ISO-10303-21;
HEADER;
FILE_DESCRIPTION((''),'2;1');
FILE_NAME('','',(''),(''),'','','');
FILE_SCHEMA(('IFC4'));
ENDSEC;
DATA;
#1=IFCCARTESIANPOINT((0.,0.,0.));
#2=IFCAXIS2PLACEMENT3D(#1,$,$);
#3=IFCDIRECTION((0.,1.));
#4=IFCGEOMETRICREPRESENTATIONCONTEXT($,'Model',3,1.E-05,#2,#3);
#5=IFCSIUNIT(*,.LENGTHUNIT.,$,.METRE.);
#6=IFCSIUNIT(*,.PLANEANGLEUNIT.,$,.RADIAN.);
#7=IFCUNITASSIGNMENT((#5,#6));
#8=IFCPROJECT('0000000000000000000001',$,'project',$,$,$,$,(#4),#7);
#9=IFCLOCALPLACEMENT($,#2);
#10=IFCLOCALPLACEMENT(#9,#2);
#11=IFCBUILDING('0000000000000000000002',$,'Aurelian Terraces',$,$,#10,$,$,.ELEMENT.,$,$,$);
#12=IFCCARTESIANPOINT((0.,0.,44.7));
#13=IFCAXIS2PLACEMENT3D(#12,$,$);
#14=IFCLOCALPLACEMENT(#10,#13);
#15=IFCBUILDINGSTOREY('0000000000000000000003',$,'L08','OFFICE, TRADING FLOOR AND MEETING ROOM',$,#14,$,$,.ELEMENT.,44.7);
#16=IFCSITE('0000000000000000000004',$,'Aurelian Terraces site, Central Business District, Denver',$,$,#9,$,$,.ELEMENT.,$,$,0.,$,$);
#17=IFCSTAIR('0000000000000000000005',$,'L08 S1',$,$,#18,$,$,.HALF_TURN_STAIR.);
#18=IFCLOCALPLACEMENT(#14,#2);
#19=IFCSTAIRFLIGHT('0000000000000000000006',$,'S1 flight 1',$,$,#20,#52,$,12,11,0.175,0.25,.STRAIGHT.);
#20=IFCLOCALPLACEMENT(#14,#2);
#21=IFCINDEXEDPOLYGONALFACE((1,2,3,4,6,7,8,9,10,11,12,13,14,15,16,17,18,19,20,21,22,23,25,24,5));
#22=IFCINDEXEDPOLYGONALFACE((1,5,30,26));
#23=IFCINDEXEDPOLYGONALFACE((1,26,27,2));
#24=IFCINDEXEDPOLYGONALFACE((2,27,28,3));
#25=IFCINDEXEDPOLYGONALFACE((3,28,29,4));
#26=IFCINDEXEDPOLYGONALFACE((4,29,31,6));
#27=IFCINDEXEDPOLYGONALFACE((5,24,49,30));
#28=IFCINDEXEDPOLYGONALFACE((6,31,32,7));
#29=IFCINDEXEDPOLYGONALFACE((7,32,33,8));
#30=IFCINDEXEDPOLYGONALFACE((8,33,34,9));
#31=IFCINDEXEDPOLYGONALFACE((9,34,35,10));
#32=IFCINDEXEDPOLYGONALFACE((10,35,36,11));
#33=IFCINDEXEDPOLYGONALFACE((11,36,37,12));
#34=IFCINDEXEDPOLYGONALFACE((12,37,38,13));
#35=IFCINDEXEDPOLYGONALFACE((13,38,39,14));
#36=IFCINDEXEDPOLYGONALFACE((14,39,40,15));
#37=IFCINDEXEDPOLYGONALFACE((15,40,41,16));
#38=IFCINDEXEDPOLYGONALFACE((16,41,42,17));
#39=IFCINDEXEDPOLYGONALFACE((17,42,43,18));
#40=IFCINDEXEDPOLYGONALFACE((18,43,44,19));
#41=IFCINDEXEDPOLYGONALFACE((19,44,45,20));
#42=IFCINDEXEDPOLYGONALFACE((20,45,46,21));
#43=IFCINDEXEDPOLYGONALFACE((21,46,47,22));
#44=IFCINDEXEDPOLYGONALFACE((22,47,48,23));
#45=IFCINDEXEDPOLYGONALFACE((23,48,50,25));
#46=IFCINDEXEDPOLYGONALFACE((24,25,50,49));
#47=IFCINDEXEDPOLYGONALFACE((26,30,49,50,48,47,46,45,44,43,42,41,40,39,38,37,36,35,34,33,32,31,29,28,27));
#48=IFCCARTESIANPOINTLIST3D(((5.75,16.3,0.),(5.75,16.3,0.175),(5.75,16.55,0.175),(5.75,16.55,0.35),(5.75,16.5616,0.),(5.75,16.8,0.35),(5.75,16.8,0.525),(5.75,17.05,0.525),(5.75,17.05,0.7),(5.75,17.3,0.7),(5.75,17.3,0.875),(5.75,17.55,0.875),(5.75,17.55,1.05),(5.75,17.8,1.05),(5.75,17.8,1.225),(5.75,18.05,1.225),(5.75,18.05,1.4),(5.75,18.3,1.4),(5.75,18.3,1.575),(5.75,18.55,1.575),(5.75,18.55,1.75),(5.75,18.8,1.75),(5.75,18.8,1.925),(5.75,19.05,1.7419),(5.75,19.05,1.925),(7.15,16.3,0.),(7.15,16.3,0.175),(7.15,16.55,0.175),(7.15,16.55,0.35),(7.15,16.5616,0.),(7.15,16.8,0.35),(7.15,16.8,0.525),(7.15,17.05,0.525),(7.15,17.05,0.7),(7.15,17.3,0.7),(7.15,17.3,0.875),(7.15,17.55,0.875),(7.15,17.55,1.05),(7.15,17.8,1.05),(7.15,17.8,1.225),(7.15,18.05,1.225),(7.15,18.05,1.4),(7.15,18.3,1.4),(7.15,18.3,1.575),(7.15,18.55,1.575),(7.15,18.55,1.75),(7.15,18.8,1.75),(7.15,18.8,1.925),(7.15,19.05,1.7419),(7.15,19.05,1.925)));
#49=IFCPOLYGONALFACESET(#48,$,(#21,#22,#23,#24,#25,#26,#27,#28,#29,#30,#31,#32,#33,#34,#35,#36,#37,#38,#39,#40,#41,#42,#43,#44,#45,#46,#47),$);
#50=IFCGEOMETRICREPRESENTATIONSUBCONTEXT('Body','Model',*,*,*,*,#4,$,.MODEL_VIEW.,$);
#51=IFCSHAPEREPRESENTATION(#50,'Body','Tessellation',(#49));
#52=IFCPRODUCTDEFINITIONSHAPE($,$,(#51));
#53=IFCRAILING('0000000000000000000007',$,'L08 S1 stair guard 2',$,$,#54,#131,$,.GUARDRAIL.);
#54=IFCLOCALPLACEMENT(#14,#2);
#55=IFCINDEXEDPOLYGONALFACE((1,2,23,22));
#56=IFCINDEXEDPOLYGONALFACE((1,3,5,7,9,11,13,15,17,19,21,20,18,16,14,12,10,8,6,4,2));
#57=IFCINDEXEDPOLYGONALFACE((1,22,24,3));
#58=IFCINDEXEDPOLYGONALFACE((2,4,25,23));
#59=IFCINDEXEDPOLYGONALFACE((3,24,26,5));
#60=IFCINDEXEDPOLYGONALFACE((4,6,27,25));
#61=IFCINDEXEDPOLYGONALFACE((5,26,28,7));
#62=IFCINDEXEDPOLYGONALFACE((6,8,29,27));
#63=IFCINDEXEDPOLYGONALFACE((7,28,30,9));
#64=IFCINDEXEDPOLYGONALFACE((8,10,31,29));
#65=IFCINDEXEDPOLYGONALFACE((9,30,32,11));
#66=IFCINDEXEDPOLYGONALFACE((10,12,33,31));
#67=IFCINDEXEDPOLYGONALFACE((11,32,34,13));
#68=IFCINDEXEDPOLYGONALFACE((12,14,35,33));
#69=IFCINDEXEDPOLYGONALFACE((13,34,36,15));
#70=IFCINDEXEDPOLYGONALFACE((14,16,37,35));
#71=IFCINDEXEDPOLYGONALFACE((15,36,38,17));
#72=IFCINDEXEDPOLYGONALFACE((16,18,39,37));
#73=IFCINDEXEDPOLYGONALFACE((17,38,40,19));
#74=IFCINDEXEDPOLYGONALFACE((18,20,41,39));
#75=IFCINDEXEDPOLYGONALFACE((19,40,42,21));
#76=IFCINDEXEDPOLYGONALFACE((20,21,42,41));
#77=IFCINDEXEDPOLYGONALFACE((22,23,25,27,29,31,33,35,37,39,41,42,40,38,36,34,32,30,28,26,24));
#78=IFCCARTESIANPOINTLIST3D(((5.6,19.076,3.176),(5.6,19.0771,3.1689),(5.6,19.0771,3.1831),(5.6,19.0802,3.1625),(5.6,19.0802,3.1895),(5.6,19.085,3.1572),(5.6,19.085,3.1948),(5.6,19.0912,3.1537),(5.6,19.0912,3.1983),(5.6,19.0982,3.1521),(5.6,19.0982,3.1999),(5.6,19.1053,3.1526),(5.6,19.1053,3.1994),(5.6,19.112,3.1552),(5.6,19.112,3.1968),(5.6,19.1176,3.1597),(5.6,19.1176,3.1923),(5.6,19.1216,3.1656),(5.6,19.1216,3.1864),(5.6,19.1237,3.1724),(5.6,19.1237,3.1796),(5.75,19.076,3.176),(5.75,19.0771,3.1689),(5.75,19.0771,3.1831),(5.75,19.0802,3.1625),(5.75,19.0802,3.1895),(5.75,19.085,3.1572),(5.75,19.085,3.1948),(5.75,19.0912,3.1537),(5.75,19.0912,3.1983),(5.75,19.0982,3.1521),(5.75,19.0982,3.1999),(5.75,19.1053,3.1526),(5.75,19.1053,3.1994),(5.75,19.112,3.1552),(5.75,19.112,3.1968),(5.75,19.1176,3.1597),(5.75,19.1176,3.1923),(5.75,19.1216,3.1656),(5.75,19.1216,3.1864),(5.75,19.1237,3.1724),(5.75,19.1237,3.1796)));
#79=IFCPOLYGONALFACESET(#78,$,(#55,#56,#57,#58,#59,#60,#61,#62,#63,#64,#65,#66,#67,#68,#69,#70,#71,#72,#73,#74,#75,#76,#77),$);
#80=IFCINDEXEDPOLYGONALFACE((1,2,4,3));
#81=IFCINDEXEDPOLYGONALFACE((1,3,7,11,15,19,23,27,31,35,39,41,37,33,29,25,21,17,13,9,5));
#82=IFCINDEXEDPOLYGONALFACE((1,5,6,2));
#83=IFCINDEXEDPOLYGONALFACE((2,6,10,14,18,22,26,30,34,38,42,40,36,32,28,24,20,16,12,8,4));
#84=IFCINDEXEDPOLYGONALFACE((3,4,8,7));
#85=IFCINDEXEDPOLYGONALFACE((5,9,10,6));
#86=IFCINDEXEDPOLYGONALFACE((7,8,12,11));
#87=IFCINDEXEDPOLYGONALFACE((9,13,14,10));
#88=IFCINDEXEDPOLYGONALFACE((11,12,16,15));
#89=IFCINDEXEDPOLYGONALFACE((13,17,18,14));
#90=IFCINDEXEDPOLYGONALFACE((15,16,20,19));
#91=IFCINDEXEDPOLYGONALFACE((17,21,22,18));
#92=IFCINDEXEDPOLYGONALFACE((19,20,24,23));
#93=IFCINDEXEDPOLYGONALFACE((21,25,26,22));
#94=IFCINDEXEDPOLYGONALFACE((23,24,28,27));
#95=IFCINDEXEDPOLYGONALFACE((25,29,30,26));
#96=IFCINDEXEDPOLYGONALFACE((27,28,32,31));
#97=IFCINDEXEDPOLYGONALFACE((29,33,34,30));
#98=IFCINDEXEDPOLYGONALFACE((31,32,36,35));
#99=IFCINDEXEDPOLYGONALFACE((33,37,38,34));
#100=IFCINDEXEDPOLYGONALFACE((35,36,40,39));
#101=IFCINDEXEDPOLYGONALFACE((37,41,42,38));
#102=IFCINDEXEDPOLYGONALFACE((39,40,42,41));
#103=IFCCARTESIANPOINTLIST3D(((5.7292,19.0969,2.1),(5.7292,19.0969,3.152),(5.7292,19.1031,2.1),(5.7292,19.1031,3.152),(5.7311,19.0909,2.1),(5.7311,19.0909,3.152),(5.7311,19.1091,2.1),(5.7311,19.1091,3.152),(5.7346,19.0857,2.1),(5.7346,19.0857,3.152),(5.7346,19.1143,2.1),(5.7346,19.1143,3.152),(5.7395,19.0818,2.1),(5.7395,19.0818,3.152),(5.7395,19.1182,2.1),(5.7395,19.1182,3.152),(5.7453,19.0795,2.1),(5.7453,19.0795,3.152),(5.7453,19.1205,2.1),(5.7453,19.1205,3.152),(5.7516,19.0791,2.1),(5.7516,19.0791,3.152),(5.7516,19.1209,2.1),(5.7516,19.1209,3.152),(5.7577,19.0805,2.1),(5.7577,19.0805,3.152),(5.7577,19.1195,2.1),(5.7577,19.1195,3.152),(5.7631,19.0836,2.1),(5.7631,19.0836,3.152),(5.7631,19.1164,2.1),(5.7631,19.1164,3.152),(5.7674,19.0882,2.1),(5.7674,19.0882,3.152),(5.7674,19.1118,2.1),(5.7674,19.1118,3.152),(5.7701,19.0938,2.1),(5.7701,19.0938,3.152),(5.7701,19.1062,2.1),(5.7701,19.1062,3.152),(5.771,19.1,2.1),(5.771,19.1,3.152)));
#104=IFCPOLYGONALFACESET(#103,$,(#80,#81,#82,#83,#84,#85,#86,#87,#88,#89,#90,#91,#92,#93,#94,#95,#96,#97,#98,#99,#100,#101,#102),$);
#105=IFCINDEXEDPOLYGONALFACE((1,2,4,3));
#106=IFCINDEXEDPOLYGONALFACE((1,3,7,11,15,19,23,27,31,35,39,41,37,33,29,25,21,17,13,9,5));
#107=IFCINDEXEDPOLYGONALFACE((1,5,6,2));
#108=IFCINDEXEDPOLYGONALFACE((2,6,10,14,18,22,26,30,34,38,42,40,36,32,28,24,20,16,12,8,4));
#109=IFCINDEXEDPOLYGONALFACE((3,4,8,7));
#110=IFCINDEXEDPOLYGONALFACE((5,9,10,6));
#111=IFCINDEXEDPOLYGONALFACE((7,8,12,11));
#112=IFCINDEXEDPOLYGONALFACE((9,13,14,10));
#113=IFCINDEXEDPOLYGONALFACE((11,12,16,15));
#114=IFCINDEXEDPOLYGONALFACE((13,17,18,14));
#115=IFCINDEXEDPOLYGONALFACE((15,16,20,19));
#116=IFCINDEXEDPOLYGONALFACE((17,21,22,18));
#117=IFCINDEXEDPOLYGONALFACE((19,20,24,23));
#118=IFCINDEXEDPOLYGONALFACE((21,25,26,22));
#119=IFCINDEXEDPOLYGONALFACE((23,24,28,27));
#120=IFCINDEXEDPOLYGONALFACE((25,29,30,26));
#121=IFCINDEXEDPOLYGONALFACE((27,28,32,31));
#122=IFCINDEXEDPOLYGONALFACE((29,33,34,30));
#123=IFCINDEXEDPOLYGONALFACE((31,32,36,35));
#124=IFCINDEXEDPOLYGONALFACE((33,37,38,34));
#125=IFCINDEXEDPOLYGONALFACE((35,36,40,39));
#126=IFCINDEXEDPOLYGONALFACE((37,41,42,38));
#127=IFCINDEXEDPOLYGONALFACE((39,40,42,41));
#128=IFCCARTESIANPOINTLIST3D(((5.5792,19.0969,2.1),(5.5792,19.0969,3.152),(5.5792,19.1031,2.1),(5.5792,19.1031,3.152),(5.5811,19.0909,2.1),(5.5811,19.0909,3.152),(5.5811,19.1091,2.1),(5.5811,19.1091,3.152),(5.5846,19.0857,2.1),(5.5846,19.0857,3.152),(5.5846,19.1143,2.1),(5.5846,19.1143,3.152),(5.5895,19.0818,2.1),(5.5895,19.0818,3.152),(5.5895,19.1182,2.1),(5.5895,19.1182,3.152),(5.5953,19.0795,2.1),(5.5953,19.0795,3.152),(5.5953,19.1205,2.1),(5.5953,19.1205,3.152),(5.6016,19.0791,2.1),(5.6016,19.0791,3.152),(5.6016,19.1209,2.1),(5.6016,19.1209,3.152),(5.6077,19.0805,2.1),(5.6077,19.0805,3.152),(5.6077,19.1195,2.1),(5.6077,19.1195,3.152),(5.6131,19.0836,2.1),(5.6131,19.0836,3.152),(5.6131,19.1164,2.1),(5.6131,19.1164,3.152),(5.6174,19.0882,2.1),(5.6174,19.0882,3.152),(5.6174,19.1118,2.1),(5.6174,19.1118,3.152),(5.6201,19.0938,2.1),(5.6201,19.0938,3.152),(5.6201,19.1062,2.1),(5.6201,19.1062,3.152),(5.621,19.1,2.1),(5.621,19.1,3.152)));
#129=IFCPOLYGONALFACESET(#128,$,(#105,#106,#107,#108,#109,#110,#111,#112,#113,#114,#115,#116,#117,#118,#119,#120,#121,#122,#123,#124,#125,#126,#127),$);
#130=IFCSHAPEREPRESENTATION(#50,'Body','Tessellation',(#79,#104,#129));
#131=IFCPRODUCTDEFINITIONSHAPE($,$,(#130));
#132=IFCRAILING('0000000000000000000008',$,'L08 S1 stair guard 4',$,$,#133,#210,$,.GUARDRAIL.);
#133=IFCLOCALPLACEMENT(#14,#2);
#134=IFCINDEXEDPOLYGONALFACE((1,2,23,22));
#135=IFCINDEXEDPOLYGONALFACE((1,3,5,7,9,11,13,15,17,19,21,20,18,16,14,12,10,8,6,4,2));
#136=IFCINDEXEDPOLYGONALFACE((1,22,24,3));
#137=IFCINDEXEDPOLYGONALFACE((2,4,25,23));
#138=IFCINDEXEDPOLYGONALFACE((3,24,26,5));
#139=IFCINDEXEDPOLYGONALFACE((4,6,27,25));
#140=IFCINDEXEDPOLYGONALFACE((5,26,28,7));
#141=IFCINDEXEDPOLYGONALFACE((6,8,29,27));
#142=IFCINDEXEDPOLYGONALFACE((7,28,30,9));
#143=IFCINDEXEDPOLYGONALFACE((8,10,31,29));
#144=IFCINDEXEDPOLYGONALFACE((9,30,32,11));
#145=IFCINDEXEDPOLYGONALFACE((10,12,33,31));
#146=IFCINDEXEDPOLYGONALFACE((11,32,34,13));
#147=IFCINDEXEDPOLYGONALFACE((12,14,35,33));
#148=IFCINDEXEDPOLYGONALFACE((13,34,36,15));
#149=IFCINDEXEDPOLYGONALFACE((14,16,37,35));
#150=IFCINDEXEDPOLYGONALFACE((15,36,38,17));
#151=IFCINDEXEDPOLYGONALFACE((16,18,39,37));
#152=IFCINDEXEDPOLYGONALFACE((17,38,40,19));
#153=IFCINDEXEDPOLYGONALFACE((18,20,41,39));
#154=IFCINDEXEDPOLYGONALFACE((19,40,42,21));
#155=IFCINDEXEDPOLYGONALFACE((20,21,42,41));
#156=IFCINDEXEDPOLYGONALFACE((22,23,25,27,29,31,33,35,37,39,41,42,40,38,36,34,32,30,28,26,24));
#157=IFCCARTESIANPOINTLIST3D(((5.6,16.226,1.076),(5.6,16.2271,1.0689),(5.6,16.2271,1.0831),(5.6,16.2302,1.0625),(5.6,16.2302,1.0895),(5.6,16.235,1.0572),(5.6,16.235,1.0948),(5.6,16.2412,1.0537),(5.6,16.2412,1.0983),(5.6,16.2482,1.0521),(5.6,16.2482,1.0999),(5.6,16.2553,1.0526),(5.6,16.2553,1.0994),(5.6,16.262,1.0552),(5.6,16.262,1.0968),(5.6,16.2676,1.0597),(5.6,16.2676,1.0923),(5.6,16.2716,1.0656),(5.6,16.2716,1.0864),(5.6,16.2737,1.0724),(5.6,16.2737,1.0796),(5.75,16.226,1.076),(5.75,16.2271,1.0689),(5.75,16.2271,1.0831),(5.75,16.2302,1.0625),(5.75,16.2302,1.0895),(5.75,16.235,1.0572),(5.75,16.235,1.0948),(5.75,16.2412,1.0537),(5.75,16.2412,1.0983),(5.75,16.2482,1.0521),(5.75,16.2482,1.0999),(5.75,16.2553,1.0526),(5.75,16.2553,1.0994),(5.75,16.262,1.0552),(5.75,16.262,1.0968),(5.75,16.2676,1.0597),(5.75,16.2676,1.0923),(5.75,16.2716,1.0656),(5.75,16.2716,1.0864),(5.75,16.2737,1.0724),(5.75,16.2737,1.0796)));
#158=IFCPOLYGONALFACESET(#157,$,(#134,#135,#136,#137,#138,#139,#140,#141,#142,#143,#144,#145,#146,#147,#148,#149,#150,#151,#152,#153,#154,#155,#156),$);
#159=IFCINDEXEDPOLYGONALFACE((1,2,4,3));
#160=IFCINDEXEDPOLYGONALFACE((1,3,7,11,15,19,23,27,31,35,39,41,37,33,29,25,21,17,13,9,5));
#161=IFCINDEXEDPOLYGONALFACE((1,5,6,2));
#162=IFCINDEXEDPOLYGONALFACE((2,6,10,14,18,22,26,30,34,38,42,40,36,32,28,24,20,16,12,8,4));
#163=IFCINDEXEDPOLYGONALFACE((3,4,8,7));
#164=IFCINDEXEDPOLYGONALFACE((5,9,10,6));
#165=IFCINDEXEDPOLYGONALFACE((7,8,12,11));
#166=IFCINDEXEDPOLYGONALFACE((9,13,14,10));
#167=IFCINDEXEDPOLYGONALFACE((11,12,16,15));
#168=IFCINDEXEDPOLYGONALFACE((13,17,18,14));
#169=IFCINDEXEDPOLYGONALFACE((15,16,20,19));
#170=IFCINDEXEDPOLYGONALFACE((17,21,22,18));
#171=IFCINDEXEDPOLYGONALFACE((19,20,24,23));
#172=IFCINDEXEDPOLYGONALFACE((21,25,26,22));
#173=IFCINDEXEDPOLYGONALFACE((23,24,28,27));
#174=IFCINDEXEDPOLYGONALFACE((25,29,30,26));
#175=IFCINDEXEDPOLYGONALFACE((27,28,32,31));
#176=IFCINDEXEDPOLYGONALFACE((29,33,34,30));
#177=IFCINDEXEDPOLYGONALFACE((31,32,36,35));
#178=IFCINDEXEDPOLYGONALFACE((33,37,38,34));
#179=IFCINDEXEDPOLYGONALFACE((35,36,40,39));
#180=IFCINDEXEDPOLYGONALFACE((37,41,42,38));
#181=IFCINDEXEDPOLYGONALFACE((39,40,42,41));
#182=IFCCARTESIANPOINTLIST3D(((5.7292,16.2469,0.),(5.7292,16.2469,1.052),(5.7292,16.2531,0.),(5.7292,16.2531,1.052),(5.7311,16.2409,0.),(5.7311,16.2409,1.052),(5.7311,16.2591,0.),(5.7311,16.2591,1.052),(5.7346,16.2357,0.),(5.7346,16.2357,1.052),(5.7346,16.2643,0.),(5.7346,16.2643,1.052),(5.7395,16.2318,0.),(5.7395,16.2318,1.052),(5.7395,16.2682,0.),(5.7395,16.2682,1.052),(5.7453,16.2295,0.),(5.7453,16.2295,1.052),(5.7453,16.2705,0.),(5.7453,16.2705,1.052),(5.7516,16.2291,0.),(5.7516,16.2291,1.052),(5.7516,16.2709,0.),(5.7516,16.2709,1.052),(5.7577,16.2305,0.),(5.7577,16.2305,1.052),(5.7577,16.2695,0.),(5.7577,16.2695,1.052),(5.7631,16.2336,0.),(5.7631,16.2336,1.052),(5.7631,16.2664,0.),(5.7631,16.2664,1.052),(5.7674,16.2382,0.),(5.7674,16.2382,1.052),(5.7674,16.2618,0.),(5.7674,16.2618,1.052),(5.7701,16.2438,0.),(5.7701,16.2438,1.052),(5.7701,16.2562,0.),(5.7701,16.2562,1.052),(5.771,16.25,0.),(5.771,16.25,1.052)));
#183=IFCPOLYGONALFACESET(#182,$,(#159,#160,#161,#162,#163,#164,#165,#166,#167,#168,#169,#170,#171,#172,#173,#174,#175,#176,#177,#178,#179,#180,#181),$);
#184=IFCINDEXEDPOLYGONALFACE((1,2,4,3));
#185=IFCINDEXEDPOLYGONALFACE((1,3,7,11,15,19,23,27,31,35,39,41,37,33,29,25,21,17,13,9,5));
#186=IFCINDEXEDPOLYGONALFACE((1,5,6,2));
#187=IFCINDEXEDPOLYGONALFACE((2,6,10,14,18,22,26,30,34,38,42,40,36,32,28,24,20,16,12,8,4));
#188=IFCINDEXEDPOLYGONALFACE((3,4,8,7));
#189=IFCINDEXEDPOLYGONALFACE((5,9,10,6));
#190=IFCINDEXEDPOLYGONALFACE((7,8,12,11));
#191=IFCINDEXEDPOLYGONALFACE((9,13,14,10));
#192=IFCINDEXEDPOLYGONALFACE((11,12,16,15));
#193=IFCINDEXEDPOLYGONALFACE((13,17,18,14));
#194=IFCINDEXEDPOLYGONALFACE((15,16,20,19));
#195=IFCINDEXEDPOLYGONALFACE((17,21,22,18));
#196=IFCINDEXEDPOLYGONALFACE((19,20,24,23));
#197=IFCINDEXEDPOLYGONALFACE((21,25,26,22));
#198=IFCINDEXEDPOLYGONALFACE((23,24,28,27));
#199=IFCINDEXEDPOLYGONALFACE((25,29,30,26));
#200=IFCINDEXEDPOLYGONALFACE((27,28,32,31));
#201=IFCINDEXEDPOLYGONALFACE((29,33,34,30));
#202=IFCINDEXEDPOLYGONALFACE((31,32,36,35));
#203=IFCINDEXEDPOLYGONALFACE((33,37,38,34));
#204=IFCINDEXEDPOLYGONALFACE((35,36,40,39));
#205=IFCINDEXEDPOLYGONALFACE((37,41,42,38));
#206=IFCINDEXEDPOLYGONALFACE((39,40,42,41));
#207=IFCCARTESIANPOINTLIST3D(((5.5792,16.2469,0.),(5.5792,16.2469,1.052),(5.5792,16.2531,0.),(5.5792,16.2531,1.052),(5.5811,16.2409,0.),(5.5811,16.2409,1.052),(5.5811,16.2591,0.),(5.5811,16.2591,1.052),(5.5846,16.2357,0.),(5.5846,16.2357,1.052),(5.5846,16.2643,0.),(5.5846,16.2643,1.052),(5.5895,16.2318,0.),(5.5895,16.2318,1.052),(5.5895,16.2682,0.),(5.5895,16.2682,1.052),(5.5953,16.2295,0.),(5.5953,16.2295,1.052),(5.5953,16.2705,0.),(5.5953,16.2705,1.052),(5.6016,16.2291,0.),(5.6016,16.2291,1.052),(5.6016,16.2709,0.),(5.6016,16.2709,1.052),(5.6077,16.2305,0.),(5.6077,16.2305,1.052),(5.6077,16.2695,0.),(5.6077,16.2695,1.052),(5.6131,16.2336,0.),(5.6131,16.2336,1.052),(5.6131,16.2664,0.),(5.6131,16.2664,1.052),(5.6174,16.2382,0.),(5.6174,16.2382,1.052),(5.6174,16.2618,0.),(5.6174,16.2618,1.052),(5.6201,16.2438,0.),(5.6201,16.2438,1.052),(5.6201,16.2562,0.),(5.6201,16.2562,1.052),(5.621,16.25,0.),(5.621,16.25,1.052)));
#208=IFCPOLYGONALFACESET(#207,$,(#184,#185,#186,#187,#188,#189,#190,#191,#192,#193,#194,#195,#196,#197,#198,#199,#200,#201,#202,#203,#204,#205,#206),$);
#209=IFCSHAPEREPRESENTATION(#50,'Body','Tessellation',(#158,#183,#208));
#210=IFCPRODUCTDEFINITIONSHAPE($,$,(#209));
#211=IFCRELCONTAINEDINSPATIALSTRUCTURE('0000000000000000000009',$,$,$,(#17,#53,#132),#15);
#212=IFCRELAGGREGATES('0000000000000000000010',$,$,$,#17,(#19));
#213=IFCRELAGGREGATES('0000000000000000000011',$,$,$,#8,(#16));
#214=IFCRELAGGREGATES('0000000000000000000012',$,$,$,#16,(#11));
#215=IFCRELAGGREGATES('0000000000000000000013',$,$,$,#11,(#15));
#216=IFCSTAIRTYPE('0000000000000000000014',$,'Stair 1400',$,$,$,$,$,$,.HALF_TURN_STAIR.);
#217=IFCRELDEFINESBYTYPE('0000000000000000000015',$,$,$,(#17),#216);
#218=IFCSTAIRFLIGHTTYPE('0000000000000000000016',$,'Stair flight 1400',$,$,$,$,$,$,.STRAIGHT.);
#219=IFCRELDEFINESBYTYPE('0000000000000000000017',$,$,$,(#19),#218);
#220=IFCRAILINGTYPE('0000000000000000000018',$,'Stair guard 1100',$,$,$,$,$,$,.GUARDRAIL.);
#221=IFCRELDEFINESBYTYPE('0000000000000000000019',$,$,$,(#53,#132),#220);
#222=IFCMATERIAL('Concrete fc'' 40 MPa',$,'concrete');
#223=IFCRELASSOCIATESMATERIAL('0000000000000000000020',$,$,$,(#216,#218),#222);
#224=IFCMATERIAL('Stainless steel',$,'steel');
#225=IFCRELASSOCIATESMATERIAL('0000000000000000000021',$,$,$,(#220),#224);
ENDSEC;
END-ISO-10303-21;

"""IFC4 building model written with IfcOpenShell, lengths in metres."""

from ifc_helpers import new_model, si_unit, direction, frame, origin, origin_2d, place, context, subcontext, project, spatial, polyline, circle, outline, extrude, source, transform, mapped, material, type_object, element, aggregate, save


model = new_model("IFC4")

# Units and contexts
model_context = context("Model", 3, precision=1e-05, world=origin(), true_north=direction((0.0, 1.0)))
body_context = subcontext(model_context, "Body", "Model", "MODEL_VIEW")
ifc_project = project(units=[si_unit("LENGTHUNIT", "METRE"), si_unit("PLANEANGLEUNIT", "RADIAN")], contexts=[model_context])

# Site, building, storey
site_placement = place(None, origin())
site = spatial("IfcSite", under=ifc_project, at=site_placement, Name="Aurelian Terraces site, Central Business District, Denver", CompositionType="ELEMENT", RefElevation=0.0)
building_placement = place(site_placement, origin())
building = spatial("IfcBuilding", under=site, at=building_placement, Name="Aurelian Terraces", CompositionType="ELEMENT")
storey_placement = place(building_placement, frame((0.0, 0.0, 44.7)))
storey = spatial("IfcBuildingStorey", under=building, at=storey_placement, Name="L08", Description="OFFICE, TRADING FLOOR AND MEETING ROOM", CompositionType="ELEMENT", Elevation=44.7)

# Shared definitions
ifc_material_1 = material(Name="Concrete fc' 40 MPa", Category="concrete")

# Stair, stair flight
stair_type = type_object("IfcStairType", Name="Stair 1400", PredefinedType="HALF_TURN_STAIR", material=ifc_material_1)
stair_placement = place(storey_placement, origin())
stair = element("IfcStair", 1, at=stair_placement, inside=storey, type_object=stair_type, Name="L08 S1", PredefinedType="HALF_TURN_STAIR")
stair_flight_type = type_object("IfcStairFlightType", Name="Stair flight 1400", PredefinedType="STRAIGHT", material=ifc_material_1)
shared_shape_1 = source(origin(), body_context, "Body", "SweptSolid", [
    extrude(outline(polyline([(0.0, 0.0), (0.0, 0.175), (0.25, 0.175), (0.25, 0.35), (0.5, 0.35), (0.5, 0.525), (0.75, 0.525), (0.75, 0.7), (1.0, 0.7), (1.0, 0.875), (1.25, 0.875), (1.25, 1.05), (1.5, 1.05), (1.5, 1.225), (1.75, 1.225), (1.75, 1.4), (2.0, 1.4), (2.0, 1.575), (2.25, 1.575), (2.25, 1.75), (2.5, 1.75), (2.5, 1.925), (2.75, 1.925), (2.75, 2.1), (2.75, 1.7419), (0.2616, 0.0), (0.0, 0.0)])), frame((0.0, 0.7, 0.0), z_axis=(0.0, -1.0, 0.0), x_axis=(1.0, 0.0, 0.0)), (0.0, 0.0, 1.0), 1.4),
])
stair_flight_placement = place(storey_placement, frame((6.45, 16.3, 0.0), z_axis=(0.0, 0.0, 1.0), x_axis=(0.0, 1.0, 0.0)))
stair_flight = element("IfcStairFlight", 2, at=stair_flight_placement, type_object=stair_flight_type, Name="S1 flight 1", NumberOfRisers=12, NumberOfTreads=11, PredefinedType="STRAIGHT", RiserHeight=0.175, TreadLength=0.25, context=body_context, shape_type="MappedRepresentation", body=[
    mapped(shared_shape_1, transform((0.0, 0.0, 0.0), scale=1.0)),
])
aggregate(stair, [stair_flight])

# Railings
ifc_material_2 = material(Name="Stainless steel", Category="steel")
railing_type_1 = type_object("IfcRailingType", Name="Stair guard 1100", PredefinedType="GUARDRAIL", material=ifc_material_2)
shared_shape_2 = source(origin(), body_context, "Body", "SweptSolid", [
    extrude(circle(Radius=0.024, at=origin_2d()), frame((0.0, 0.0, 1.076), z_axis=(-1.0, 0.0, 0.0), x_axis=(0.0, -1.0, 0.0)), (0.0, 0.0, 1.0), 0.15),
    extrude(circle(Radius=0.021, at=origin_2d()), origin(), (0.0, 0.0, 1.0), 1.052),
    extrude(circle(Radius=0.021, at=origin_2d()), frame((-0.15, 0.0, 0.0)), (0.0, 0.0, 1.0), 1.052),
])
for number, where, name in (
    (3, (5.75, 19.1, 2.1), "L08 S1 stair guard 2"),
    (4, (5.75, 16.25, 0.0), "L08 S1 stair guard 4"),
):
    element("IfcRailing", number, at=place(storey_placement, frame(where)), inside=storey, type_object=railing_type_1, Name=name, PredefinedType="GUARDRAIL", context=body_context, shape_type="MappedRepresentation", body=[
        mapped(shared_shape_2, transform((0.0, 0.0, 0.0), scale=1.0)),
    ])

save(model, "model.ifc")
